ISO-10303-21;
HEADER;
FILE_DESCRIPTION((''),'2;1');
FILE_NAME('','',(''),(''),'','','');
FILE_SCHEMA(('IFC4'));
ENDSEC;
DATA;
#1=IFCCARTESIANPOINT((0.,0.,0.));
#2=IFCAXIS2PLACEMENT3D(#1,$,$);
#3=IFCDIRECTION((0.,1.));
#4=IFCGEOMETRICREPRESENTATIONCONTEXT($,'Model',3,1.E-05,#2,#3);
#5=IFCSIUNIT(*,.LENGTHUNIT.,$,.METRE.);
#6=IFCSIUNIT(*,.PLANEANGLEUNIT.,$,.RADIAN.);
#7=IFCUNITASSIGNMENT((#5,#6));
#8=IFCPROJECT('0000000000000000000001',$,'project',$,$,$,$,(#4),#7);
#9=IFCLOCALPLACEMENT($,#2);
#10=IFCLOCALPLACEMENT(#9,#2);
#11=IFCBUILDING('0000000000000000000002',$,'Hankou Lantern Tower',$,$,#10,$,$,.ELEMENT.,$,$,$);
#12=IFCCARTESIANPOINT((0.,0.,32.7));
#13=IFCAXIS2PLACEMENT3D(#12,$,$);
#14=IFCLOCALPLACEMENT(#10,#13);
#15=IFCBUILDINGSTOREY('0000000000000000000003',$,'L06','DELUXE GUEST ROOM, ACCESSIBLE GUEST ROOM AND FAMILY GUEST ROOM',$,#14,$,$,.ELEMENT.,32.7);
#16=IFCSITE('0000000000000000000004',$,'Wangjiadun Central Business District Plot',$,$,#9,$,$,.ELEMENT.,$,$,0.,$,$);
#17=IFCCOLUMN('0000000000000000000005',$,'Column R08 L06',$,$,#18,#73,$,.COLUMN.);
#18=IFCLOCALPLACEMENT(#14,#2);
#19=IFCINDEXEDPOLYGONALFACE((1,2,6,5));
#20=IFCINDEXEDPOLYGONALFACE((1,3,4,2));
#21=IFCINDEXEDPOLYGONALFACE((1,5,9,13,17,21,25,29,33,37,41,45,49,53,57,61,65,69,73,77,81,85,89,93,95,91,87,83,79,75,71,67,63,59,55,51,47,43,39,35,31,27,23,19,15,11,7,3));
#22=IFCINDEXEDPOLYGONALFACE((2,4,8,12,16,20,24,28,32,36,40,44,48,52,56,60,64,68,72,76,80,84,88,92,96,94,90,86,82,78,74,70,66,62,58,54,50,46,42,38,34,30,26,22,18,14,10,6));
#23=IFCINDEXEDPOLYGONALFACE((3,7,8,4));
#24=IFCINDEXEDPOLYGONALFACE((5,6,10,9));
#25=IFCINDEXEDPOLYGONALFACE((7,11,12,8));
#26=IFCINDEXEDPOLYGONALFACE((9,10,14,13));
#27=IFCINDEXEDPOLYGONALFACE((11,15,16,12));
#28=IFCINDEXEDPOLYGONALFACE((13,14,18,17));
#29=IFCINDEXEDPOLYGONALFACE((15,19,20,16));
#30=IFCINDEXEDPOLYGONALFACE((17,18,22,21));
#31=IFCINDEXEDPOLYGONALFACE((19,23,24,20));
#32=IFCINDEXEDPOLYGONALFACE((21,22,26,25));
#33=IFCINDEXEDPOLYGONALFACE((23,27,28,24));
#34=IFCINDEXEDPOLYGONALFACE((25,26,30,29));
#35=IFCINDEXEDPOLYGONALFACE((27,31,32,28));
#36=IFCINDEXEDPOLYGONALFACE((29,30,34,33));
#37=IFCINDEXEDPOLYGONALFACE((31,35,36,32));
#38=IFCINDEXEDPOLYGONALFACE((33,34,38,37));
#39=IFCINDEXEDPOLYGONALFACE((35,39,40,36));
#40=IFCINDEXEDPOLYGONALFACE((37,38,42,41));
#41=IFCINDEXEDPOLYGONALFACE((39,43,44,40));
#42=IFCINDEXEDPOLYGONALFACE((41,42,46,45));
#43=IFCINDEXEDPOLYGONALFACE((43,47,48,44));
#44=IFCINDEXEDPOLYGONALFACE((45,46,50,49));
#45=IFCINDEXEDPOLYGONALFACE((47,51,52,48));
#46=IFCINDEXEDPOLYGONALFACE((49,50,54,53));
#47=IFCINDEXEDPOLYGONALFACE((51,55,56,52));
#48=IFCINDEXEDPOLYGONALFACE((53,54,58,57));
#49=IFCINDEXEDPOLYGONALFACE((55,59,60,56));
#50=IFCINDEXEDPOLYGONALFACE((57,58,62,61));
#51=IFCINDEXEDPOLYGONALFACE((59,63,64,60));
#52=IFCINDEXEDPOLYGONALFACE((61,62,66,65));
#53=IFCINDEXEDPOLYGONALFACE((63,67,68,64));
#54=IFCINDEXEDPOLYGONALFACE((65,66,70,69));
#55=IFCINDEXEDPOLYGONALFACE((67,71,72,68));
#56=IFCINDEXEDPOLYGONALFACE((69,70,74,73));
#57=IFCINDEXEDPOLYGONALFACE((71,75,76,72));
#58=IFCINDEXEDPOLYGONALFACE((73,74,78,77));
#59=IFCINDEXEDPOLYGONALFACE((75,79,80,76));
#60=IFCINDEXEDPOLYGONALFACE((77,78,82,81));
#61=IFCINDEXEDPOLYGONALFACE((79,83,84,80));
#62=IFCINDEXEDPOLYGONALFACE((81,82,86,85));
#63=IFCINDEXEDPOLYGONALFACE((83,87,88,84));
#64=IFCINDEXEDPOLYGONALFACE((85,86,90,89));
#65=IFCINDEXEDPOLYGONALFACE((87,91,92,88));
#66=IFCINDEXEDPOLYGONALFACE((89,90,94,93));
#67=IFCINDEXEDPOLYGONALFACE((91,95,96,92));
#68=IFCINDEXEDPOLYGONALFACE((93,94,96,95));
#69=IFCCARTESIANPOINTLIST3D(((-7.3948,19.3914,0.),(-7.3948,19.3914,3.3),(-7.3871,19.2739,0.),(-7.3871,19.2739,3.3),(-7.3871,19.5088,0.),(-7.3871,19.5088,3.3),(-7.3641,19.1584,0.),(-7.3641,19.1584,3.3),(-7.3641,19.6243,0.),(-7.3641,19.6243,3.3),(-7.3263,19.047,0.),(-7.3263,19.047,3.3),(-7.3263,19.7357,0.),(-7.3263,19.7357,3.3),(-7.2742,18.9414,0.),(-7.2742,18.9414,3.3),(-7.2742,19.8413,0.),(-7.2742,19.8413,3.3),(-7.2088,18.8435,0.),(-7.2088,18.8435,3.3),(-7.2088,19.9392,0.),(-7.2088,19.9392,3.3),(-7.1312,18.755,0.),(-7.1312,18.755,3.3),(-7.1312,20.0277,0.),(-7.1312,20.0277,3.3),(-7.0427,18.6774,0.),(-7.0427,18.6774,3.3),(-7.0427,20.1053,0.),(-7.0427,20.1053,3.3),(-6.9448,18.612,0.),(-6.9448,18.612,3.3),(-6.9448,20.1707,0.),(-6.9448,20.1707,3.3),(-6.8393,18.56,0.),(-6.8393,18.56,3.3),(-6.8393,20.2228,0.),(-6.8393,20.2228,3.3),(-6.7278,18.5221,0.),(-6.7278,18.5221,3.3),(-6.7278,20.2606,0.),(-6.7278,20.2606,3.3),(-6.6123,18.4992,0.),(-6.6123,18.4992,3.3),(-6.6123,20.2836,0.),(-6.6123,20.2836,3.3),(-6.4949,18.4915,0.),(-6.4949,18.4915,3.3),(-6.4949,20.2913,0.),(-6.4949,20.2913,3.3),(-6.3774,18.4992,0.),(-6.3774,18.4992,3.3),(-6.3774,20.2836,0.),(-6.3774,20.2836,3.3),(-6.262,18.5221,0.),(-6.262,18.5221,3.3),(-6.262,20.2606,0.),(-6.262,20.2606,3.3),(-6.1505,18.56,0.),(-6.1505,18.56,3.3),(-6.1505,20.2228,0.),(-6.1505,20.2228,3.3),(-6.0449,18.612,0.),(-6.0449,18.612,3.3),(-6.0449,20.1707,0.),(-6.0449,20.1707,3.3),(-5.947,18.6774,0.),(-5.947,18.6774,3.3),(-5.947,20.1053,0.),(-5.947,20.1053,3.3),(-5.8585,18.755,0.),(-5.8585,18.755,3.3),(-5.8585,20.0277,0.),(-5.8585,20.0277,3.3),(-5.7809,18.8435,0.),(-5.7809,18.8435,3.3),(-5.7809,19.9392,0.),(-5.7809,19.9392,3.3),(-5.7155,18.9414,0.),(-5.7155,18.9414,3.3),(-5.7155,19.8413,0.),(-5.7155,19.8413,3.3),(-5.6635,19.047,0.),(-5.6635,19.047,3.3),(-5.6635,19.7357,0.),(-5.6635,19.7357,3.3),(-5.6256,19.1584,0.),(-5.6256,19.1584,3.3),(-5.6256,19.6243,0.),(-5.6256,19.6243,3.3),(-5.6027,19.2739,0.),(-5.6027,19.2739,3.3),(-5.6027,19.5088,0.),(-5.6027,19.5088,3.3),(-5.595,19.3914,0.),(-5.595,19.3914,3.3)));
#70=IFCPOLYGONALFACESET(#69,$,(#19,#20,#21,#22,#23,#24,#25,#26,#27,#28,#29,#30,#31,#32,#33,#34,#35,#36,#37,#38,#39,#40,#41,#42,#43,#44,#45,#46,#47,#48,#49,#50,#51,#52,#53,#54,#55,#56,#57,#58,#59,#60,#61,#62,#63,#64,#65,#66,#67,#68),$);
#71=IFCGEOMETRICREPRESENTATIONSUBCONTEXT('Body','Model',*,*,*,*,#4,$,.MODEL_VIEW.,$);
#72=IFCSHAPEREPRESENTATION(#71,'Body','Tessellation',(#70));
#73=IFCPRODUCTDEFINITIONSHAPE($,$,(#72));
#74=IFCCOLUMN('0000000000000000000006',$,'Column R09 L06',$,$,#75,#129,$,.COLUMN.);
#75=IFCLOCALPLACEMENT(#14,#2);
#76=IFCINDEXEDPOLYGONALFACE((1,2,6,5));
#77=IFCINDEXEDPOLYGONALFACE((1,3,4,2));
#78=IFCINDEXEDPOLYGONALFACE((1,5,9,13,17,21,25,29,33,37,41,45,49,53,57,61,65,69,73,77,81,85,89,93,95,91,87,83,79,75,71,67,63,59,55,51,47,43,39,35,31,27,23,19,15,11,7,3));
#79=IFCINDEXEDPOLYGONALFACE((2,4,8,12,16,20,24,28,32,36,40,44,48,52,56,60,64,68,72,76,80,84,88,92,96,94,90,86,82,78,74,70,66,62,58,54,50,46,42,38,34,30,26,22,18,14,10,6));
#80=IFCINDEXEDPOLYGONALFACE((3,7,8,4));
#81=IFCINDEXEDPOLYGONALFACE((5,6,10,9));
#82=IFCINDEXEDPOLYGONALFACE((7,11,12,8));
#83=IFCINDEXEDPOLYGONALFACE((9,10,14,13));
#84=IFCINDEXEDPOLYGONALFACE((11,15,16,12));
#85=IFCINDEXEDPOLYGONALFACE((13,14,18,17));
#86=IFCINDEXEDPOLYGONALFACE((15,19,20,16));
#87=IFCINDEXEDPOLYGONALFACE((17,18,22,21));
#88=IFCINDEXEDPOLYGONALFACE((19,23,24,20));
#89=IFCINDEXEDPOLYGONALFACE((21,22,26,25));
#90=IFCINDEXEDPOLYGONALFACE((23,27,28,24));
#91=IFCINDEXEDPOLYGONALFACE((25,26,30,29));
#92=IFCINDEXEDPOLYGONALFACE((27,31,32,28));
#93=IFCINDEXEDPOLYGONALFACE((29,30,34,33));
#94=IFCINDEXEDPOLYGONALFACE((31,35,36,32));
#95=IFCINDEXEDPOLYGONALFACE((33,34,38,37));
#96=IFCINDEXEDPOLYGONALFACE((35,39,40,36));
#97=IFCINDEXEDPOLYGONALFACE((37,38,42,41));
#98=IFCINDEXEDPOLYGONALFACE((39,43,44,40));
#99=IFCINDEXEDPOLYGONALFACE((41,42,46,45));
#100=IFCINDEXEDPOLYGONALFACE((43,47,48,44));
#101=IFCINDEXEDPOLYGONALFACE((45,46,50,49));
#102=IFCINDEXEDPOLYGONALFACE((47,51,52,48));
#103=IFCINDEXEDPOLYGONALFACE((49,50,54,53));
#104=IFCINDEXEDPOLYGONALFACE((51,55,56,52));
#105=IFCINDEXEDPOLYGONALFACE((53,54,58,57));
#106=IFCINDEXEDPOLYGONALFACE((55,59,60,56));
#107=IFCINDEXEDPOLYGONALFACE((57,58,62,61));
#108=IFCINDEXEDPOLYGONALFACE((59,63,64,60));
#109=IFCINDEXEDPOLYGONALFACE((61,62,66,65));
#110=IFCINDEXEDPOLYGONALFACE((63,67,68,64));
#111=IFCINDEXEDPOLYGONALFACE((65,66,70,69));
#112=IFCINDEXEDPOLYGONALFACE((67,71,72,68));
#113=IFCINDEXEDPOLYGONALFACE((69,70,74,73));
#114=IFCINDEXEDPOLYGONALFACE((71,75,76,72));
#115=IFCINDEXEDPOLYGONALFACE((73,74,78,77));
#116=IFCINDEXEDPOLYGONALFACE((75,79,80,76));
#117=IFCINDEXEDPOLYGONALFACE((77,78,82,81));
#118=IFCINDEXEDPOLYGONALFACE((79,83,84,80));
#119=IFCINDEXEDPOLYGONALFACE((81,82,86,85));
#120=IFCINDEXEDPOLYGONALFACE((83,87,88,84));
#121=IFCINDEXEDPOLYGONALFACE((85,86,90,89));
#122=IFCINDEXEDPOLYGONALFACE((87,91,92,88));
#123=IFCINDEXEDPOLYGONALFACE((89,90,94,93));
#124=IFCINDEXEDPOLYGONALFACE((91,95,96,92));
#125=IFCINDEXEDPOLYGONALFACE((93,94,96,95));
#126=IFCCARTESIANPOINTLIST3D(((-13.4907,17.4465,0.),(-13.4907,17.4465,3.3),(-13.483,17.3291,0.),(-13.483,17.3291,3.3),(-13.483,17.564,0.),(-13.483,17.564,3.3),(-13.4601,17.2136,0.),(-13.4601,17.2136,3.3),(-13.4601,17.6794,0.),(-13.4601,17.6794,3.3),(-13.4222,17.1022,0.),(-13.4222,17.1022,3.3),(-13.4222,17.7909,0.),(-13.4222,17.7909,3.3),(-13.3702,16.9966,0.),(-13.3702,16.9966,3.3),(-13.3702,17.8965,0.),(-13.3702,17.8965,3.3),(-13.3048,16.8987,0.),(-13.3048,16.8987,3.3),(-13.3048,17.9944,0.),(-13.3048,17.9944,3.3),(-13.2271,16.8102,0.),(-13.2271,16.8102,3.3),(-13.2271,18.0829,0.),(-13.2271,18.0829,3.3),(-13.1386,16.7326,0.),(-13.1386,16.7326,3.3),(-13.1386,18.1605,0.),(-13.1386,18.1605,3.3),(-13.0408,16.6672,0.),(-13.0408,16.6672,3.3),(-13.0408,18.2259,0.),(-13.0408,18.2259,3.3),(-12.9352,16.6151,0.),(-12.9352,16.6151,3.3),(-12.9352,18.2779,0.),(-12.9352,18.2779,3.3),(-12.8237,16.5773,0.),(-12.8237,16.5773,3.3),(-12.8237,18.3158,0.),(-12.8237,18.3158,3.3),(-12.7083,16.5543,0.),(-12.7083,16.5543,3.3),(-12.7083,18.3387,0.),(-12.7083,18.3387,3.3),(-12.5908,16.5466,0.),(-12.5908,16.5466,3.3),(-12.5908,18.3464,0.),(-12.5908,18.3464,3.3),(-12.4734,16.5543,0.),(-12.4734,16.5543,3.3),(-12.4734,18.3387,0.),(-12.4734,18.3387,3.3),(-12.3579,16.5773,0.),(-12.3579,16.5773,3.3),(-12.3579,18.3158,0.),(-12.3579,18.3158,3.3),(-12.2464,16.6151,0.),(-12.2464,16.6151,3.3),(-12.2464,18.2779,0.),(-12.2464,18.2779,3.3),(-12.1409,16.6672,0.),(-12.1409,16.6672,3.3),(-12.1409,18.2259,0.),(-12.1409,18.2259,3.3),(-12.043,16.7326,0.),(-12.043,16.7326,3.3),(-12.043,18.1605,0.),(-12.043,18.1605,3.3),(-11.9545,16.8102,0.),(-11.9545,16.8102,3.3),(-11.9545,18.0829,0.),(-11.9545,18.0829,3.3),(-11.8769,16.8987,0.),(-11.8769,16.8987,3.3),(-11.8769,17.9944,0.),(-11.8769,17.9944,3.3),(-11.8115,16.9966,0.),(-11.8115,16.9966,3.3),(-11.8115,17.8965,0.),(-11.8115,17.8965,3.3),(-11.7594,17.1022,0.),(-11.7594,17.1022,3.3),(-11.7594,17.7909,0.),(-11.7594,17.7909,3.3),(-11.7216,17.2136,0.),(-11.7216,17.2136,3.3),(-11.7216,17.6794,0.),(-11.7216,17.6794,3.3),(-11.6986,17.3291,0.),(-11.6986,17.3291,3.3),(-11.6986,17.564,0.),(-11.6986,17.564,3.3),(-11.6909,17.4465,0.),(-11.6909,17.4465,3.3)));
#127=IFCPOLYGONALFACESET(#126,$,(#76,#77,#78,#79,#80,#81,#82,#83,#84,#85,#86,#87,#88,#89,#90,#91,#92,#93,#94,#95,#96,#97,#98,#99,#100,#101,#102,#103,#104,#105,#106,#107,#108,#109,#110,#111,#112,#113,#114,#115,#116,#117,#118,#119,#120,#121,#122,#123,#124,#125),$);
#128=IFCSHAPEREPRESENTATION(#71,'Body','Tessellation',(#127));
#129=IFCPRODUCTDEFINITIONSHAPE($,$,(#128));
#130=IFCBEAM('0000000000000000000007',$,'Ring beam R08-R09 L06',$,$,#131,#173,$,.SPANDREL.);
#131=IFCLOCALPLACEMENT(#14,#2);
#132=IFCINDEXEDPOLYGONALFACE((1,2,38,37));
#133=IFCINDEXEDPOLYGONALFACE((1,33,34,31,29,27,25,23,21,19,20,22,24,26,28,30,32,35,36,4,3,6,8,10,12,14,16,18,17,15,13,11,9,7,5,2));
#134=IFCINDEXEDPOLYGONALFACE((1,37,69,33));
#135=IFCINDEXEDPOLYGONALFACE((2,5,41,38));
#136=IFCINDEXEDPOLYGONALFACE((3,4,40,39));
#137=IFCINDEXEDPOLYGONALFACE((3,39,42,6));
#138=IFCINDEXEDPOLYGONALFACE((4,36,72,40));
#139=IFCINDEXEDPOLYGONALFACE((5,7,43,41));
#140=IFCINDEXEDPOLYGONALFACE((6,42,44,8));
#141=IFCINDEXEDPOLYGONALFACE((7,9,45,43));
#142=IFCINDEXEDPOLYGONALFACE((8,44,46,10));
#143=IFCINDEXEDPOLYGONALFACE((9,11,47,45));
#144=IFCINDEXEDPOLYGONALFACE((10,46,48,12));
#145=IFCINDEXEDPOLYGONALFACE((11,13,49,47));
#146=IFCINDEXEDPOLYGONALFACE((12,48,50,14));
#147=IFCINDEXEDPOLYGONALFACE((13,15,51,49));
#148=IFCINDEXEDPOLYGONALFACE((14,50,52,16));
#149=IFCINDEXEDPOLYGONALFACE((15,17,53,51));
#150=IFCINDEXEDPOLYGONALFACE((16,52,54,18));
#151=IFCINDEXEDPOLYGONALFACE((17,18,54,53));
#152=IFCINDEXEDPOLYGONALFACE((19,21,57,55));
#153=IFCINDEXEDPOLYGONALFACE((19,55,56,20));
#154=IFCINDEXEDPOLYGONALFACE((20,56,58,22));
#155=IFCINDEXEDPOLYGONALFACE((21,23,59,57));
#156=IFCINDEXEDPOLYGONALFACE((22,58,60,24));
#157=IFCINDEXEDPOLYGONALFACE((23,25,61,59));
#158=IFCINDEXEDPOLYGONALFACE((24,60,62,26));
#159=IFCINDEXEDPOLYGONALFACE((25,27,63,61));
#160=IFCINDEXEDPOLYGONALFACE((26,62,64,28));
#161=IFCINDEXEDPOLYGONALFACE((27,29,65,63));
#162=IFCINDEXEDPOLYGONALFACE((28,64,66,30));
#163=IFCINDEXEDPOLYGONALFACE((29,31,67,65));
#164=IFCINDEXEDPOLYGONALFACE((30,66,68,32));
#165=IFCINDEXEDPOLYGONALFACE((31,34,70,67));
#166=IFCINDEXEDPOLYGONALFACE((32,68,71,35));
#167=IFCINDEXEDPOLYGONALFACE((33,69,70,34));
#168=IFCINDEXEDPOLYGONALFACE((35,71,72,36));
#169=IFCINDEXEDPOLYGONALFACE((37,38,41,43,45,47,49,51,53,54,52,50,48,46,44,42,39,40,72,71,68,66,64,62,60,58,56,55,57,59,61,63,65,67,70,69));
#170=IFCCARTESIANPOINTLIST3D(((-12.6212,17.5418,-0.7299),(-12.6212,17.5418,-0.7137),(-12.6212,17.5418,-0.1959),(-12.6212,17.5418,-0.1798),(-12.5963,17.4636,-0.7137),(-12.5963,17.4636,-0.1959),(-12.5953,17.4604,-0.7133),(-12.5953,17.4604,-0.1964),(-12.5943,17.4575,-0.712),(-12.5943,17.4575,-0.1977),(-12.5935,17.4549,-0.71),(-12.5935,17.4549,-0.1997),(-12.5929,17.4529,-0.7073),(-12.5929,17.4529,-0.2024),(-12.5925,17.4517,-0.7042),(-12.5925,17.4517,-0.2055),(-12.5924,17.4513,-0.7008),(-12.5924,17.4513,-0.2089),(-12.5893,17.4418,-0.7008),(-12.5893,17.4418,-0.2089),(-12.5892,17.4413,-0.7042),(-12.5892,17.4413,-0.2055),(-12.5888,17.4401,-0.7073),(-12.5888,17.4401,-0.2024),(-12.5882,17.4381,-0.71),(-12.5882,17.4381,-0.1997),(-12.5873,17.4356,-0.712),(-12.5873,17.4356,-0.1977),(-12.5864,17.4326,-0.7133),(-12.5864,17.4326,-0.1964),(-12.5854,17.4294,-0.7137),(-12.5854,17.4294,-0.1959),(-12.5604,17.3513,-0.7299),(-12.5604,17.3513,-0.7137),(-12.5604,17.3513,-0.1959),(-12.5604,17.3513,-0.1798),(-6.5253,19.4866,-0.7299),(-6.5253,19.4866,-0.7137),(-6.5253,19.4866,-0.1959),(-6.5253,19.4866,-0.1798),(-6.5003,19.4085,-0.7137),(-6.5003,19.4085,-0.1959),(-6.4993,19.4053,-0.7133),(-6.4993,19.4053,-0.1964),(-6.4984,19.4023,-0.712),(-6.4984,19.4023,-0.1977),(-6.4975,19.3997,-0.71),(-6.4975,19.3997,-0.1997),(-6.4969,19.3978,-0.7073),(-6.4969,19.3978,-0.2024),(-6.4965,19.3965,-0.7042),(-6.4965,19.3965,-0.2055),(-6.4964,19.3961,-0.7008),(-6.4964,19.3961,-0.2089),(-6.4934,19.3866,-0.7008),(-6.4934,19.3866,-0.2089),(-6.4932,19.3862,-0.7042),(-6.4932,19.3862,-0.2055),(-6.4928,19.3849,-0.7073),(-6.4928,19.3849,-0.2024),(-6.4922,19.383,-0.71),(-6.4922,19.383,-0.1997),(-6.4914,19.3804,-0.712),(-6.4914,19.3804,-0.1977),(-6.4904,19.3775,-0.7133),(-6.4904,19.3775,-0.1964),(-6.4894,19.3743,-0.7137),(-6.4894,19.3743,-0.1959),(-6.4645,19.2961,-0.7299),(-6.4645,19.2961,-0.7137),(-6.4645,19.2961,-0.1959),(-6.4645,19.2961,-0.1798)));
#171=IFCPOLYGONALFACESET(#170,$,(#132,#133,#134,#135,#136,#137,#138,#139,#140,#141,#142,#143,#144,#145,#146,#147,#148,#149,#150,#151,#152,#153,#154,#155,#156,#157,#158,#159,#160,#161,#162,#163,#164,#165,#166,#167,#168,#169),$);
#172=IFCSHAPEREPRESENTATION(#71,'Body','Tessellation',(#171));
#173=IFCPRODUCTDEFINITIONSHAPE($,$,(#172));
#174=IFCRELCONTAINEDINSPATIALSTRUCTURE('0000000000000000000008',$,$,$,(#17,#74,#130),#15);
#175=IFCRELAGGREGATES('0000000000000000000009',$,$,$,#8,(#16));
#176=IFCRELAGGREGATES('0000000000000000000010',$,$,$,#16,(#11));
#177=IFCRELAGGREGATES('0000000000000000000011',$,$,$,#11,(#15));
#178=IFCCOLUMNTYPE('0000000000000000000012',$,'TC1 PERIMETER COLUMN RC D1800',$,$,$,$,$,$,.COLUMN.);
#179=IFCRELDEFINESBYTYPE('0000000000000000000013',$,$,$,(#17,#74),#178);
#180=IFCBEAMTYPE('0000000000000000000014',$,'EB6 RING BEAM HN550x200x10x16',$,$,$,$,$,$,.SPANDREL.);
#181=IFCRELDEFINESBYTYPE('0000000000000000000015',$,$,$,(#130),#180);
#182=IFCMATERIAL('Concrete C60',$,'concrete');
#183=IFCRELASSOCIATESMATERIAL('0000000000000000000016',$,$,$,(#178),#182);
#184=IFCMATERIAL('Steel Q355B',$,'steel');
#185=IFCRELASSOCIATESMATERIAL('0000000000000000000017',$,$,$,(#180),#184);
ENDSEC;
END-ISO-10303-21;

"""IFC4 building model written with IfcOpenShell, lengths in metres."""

from ifc_helpers import new_model, si_unit, direction, frame, origin, origin_2d, place, context, subcontext, project, spatial, circle, i_section, extrude, material, material_profile, profile_set, type_object, element, save


model = new_model("IFC4")

# Units and contexts
model_context = context("Model", 3, precision=1e-05, world=origin(), true_north=direction((0.0, 1.0)))
body_context = subcontext(model_context, "Body", "Model", "MODEL_VIEW")
ifc_project = project(units=[si_unit("LENGTHUNIT", "METRE"), si_unit("PLANEANGLEUNIT", "RADIAN")], contexts=[model_context])

# Site, building, storey
site_placement = place(None, origin())
site = spatial("IfcSite", under=ifc_project, at=site_placement, Name="Wangjiadun Central Business District Plot", CompositionType="ELEMENT", RefElevation=0.0)
building_placement = place(site_placement, origin())
building = spatial("IfcBuilding", under=site, at=building_placement, Name="Hankou Lantern Tower", CompositionType="ELEMENT")
storey_placement = place(building_placement, frame((0.0, 0.0, 32.7)))
storey = spatial("IfcBuildingStorey", under=building, at=storey_placement, Name="L06", Description="DELUXE GUEST ROOM, ACCESSIBLE GUEST ROOM AND FAMILY GUEST ROOM", CompositionType="ELEMENT", Elevation=32.7)

# Columns
ifc_material_1 = material(Name="Concrete C60", Category="concrete")
ifc_material_profile_1 = material_profile(ifc_material_1, circle(Radius=0.8999, at=origin_2d()), Name="RC D1800")
ifc_profile_set_1 = profile_set([ifc_material_profile_1], Name="Concrete C60")
column_type = type_object("IfcColumnType", Name="TC1 PERIMETER COLUMN RC D1800", PredefinedType="COLUMN", material=ifc_profile_set_1)
for number, where, z_axis, x_axis, name in (
    (1, (-6.4949, 19.3914, 0.0), (0.0, 0.0, 1.0), (1.0, 0.0, 0.0), "Column R08 L06"),
    (2, (-12.5908, 17.4465, 0.0), (0.0, 0.0, 1.0), (1.0, 0.0, 0.0), "Column R09 L06"),
):
    element("IfcColumn", number, at=place(storey_placement, frame(where, z_axis=z_axis, x_axis=x_axis)), inside=storey, type_object=column_type, Name=name, PredefinedType="COLUMN", context=body_context, shape_type="SweptSolid", body=[
        extrude(circle(Radius=0.8999, at=origin_2d()), origin(), (0.0, 0.0, 1.0), 3.3),
    ])

# Beam
ifc_material_2 = material(Name="Steel Q355B", Category="steel")
ifc_material_profile_2 = material_profile(ifc_material_2, i_section(OverallWidth=0.2, OverallDepth=0.55, WebThickness=0.01, FlangeThickness=0.0161, FilletRadius=0.0129, at=origin_2d()), Name="HN550x200x10x16")
ifc_profile_set_2 = profile_set([ifc_material_profile_2], Name="Steel Q355B")
beam_type_1 = type_object("IfcBeamType", Name="EB6 RING BEAM HN550x200x10x16", PredefinedType="SPANDREL", material=ifc_profile_set_2)
beam_1_placement = place(storey_placement, frame((-6.4949, 19.3914, -0.4548), z_axis=(-0.95269, -0.303942, 0.0), x_axis=(0.303942, -0.95269, 0.0)))
element("IfcBeam", 3, at=beam_1_placement, inside=storey, type_object=beam_type_1, Name="Ring beam R08-R09 L06", PredefinedType="SPANDREL", context=body_context, shape_type="SweptSolid", body=[
    extrude(i_section(OverallWidth=0.2, OverallDepth=0.55, WebThickness=0.01, FlangeThickness=0.0161, FilletRadius=0.0129, at=origin_2d()), origin(), (0.0, 0.0, 1.0), 6.3987),
])

save(model, "model.ifc")
